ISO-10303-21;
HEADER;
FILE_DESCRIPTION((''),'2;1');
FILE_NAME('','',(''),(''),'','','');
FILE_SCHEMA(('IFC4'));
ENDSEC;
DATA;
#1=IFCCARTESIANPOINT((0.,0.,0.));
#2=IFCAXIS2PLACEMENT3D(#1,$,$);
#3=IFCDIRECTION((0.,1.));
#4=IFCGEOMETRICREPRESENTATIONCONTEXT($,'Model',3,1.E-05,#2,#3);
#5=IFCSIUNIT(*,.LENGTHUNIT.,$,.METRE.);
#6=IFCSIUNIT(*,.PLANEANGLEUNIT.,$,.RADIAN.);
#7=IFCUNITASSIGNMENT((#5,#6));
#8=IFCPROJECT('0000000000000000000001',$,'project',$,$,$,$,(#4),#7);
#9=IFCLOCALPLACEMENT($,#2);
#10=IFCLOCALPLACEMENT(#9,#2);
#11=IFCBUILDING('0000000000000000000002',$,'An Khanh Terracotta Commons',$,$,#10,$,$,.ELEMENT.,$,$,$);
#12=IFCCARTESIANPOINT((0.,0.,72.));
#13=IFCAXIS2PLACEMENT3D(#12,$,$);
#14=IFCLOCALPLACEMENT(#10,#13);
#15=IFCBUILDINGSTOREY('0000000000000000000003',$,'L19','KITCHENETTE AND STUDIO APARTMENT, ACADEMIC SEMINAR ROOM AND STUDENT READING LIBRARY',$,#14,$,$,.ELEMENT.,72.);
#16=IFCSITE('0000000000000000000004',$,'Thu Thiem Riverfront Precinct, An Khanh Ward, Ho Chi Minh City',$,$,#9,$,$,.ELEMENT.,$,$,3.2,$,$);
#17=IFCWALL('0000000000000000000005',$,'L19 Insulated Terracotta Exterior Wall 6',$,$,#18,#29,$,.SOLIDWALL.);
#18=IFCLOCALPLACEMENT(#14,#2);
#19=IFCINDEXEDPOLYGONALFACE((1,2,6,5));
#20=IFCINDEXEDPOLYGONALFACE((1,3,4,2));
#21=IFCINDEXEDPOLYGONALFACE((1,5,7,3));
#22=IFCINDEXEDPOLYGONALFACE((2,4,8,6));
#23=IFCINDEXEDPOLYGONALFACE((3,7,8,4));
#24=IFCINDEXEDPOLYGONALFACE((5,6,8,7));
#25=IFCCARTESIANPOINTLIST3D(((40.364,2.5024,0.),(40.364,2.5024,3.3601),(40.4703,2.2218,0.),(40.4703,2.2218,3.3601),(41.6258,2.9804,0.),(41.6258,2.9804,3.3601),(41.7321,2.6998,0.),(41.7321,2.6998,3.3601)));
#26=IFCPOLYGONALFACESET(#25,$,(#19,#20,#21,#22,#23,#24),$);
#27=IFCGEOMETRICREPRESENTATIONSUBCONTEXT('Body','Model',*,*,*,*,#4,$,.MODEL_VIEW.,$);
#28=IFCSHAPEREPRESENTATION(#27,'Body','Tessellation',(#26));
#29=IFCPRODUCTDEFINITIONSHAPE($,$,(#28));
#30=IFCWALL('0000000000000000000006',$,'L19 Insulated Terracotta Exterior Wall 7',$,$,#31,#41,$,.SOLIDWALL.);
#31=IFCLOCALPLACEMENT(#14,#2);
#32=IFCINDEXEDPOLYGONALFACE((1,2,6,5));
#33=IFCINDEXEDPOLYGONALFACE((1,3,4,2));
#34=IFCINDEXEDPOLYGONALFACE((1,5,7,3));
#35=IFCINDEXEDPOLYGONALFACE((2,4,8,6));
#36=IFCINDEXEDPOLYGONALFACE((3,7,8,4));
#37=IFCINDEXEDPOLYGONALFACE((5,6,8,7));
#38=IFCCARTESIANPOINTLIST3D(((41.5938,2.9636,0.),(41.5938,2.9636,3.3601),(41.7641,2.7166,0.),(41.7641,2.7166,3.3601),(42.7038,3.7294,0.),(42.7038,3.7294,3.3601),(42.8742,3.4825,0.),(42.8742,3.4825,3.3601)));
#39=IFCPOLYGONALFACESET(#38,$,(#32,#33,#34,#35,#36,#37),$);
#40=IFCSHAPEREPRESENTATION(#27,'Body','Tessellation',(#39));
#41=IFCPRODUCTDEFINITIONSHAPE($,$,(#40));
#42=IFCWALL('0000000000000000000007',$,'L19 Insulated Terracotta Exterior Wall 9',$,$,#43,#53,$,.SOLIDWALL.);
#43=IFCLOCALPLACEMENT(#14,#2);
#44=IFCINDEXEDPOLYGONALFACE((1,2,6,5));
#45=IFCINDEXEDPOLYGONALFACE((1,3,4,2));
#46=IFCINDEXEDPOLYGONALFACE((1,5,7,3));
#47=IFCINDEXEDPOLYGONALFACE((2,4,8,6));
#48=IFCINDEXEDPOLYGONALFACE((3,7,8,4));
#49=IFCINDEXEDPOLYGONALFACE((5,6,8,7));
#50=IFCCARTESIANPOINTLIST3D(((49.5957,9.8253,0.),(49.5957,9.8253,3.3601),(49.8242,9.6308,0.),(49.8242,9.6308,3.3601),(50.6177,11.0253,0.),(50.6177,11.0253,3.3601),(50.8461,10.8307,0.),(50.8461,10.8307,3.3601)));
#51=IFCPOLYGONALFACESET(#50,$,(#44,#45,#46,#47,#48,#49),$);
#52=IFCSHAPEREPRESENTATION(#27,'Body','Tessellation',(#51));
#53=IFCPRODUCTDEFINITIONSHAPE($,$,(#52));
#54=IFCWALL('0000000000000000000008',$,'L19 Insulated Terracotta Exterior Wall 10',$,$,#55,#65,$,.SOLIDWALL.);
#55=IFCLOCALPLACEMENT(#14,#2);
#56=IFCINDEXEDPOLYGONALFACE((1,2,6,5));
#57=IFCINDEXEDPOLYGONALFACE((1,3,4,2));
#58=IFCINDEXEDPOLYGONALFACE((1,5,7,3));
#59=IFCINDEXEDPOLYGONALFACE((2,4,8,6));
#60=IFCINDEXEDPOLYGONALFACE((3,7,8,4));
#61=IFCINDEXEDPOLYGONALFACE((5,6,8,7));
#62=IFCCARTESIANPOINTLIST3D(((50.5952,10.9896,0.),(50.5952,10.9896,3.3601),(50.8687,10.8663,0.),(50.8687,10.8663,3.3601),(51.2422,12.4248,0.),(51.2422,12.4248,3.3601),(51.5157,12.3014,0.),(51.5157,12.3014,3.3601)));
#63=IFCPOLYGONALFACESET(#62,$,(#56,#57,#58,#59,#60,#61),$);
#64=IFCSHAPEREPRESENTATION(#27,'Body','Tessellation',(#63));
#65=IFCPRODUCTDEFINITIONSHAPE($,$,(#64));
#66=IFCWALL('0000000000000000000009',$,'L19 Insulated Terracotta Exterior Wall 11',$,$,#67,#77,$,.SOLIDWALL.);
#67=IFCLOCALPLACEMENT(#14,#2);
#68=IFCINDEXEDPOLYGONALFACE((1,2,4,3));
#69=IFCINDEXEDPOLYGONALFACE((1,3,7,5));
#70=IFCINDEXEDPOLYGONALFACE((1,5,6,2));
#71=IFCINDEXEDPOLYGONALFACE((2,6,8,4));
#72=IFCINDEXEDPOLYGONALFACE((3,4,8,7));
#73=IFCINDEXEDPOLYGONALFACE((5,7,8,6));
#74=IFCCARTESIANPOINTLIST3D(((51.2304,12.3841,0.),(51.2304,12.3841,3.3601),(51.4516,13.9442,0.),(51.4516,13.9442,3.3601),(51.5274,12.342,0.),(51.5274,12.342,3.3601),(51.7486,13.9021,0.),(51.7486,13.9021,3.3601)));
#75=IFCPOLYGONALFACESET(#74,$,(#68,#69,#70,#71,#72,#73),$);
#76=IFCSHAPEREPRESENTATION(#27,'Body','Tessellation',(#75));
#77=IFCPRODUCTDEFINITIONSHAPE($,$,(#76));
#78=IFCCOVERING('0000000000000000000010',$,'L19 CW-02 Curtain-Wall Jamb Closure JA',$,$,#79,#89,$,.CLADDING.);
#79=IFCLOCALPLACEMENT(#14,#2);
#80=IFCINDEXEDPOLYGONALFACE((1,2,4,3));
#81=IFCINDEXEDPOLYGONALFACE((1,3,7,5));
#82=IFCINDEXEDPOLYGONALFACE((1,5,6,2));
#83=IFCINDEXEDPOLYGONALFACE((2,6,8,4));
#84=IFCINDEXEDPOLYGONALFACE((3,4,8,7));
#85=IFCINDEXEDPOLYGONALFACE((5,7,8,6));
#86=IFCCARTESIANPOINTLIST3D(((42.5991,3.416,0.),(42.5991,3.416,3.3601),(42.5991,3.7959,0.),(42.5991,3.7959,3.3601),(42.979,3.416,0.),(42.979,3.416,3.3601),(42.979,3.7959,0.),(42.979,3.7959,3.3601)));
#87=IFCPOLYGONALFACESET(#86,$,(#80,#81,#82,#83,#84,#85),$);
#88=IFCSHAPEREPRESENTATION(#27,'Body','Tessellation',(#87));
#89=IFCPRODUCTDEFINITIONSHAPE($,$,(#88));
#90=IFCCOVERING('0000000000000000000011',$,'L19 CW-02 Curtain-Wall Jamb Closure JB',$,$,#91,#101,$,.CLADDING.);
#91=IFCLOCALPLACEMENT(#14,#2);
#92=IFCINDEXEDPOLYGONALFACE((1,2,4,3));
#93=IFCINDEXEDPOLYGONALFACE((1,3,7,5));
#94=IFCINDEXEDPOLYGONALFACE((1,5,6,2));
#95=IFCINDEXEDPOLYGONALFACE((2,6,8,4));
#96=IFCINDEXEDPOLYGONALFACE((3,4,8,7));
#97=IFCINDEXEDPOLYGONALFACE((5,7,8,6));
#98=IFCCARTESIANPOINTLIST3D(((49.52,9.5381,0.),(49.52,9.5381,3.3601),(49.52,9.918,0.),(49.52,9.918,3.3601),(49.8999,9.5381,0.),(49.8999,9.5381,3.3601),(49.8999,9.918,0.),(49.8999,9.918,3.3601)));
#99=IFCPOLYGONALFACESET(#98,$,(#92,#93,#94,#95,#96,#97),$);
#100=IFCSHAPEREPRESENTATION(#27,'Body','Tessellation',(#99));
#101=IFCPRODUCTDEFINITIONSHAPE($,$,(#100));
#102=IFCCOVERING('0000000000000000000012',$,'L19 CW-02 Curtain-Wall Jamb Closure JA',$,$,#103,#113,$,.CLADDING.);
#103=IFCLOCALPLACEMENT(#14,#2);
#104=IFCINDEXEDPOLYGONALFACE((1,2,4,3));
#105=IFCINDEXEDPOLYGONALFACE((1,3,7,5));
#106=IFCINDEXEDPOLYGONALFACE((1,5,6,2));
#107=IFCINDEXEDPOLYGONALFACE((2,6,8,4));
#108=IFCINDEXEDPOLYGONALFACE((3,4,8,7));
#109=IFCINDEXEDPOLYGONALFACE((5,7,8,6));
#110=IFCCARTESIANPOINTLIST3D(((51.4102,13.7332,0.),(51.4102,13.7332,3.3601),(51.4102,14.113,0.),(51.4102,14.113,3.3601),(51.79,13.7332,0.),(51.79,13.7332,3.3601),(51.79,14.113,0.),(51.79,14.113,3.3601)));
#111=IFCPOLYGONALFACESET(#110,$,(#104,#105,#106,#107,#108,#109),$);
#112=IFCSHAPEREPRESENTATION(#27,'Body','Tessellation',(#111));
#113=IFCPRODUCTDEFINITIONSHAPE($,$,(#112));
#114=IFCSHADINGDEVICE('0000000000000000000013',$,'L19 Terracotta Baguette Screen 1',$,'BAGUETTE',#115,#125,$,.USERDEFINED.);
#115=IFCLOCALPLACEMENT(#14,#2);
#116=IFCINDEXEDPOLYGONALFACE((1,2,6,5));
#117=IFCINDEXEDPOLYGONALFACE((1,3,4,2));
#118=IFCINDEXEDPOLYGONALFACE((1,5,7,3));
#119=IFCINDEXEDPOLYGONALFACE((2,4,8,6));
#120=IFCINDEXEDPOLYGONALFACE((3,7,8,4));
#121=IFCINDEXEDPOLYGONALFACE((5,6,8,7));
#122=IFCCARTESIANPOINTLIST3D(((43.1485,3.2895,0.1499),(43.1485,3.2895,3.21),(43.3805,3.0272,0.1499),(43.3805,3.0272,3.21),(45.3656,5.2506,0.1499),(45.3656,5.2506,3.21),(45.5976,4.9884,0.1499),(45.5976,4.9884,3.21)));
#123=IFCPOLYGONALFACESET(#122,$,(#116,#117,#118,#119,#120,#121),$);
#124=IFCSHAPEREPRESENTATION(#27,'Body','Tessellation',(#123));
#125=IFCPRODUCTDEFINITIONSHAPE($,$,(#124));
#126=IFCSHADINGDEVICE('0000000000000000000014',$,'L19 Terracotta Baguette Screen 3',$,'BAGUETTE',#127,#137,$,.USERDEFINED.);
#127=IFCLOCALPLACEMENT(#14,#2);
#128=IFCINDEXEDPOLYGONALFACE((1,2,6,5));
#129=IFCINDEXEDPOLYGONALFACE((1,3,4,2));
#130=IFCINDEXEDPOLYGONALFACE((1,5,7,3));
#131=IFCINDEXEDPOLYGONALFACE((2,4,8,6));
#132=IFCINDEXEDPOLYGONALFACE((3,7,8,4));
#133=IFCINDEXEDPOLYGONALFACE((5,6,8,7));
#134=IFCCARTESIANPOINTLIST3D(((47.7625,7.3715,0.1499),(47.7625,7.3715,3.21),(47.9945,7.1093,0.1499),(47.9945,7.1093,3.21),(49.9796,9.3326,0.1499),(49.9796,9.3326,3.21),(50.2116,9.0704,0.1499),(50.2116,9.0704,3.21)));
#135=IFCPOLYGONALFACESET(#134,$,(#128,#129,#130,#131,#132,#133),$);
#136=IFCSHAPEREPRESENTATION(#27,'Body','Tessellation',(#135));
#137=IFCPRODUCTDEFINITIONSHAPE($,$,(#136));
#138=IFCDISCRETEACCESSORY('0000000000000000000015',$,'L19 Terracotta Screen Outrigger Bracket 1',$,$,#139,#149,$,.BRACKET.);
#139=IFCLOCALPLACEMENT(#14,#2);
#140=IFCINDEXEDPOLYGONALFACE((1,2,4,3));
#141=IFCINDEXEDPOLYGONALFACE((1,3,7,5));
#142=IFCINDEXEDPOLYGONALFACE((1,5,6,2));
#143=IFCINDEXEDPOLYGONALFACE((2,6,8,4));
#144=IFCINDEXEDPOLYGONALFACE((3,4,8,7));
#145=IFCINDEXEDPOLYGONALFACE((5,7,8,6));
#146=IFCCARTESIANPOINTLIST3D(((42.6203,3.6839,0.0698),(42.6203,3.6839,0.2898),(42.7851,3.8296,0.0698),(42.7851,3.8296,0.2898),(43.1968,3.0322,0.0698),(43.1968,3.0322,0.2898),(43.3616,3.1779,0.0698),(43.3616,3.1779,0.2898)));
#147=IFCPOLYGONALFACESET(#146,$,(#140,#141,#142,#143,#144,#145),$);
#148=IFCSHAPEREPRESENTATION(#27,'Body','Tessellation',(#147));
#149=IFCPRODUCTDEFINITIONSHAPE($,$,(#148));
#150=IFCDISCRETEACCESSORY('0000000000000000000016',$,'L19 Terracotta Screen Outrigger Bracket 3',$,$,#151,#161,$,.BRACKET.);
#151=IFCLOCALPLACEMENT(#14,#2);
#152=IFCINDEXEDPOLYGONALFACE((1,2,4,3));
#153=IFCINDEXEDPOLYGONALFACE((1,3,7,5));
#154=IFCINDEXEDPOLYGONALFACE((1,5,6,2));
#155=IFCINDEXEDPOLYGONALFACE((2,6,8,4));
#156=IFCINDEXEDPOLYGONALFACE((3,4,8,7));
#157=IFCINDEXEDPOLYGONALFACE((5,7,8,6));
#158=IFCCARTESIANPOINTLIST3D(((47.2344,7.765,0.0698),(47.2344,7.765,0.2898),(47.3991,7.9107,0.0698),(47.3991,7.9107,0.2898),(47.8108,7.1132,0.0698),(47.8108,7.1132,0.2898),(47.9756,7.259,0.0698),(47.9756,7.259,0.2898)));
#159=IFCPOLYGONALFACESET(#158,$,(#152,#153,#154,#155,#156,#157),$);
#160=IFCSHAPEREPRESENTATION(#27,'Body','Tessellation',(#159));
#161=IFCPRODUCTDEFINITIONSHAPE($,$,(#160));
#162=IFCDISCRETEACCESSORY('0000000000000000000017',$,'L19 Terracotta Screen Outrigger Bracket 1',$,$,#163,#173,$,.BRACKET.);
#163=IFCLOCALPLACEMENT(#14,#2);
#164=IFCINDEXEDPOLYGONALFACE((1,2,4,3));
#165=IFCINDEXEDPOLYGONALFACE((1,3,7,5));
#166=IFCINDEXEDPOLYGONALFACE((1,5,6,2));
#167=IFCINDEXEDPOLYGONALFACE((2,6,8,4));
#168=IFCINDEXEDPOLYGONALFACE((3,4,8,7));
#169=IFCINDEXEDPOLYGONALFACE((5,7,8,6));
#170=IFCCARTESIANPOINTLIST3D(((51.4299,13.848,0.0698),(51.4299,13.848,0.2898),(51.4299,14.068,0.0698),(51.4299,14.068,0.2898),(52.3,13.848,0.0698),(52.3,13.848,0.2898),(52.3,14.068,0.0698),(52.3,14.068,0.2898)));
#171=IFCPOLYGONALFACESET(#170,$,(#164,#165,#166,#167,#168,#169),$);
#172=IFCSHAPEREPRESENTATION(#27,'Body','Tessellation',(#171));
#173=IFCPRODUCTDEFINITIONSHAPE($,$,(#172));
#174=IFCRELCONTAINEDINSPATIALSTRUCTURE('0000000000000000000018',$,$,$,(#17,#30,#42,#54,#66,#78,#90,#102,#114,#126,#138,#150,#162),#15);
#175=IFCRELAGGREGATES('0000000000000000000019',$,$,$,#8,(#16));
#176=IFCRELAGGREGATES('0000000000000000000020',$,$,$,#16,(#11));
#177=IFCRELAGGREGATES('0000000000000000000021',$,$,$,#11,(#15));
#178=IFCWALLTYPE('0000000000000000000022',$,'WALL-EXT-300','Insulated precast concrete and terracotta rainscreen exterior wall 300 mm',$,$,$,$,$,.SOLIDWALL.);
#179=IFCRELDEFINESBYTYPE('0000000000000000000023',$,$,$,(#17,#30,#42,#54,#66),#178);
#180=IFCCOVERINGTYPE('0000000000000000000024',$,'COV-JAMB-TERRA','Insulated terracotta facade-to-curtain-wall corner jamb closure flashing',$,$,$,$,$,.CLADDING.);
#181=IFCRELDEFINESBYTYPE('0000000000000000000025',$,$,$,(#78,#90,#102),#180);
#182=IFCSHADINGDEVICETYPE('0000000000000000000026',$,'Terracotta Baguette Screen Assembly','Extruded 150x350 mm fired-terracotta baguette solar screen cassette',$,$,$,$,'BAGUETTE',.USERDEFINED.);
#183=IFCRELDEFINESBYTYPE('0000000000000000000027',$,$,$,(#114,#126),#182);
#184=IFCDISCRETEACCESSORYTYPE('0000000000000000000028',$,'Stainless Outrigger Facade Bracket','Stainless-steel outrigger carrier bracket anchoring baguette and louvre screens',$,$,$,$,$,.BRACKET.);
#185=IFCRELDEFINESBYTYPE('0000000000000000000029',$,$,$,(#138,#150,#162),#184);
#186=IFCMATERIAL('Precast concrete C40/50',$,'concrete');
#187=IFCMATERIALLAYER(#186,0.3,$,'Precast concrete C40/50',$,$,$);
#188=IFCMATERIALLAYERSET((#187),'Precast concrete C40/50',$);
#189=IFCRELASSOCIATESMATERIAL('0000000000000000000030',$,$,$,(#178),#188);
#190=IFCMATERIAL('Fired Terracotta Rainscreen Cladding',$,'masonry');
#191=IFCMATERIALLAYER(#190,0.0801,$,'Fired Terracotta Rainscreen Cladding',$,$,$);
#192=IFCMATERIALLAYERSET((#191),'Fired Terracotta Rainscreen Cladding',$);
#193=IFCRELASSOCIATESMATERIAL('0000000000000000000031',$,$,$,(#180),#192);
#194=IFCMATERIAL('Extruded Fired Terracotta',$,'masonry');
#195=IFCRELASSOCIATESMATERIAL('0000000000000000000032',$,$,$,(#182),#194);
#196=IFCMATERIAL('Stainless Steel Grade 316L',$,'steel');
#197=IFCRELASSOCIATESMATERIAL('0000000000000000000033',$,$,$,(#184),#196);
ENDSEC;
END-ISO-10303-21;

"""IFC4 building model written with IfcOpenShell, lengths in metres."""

from ifc_helpers import new_model, si_unit, direction, frame, frame_2d, origin, origin_2d, place, context, subcontext, project, spatial, rectangle, extrude, material, layer, layer_set, type_object, element, save


model = new_model("IFC4")

# Units and contexts
model_context = context("Model", 3, precision=1e-05, world=origin(), true_north=direction((0.0, 1.0)))
body_context = subcontext(model_context, "Body", "Model", "MODEL_VIEW")
ifc_project = project(units=[si_unit("LENGTHUNIT", "METRE"), si_unit("PLANEANGLEUNIT", "RADIAN")], contexts=[model_context])

# Site, building, storey
site_placement = place(None, origin())
site = spatial("IfcSite", under=ifc_project, at=site_placement, Name="Thu Thiem Riverfront Precinct, An Khanh Ward, Ho Chi Minh City", CompositionType="ELEMENT", RefElevation=3.2)
building_placement = place(site_placement, origin())
building = spatial("IfcBuilding", under=site, at=building_placement, Name="An Khanh Terracotta Commons", CompositionType="ELEMENT")
storey_placement = place(building_placement, frame((0.0, 0.0, 72.0)))
storey = spatial("IfcBuildingStorey", under=building, at=storey_placement, Name="L19", Description="KITCHENETTE AND STUDIO APARTMENT, ACADEMIC SEMINAR ROOM AND STUDENT READING LIBRARY", CompositionType="ELEMENT", Elevation=72.0)

# Walls
ifc_material_1 = material(Name="Precast concrete C40/50", Category="concrete")
ifc_layer_1 = layer(ifc_material_1, 0.3, Name="Precast concrete C40/50")
ifc_layer_set_1 = layer_set([ifc_layer_1], Name="Precast concrete C40/50")
wall_type_1 = type_object("IfcWallType", Name="WALL-EXT-300", Description="Insulated precast concrete and terracotta rainscreen exterior wall 300 mm", PredefinedType="SOLIDWALL", material=ifc_layer_set_1)
wall_1_placement = place(storey_placement, frame((40.417, 2.3621, 0.0), z_axis=(0.0, 0.0, 1.0), x_axis=(0.935157, 0.354234, 0.0)))
element("IfcWall", 1, at=wall_1_placement, inside=storey, type_object=wall_type_1, Name="L19 Insulated Terracotta Exterior Wall 6", PredefinedType="SOLIDWALL", context=body_context, shape_type="SweptSolid", body=[
    extrude(rectangle(XDim=1.3494, YDim=0.3, at=frame_2d((0.6748, 0.0))), origin(), (0.0, 0.0, 1.0), 3.3601),
])
wall_2_placement = place(storey_placement, frame((41.679, 2.8401, 0.0), z_axis=(0.0, 0.0, 1.0), x_axis=(0.823117, 0.567873, 0.0)))
element("IfcWall", 2, at=wall_2_placement, inside=storey, type_object=wall_type_1, Name="L19 Insulated Terracotta Exterior Wall 7", PredefinedType="SOLIDWALL", context=body_context, shape_type="SweptSolid", body=[
    extrude(rectangle(XDim=1.3486, YDim=0.3, at=frame_2d((0.6743, 0.0))), origin(), (0.0, 0.0, 1.0), 3.3601),
])
wall_3_placement = place(storey_placement, frame((49.71, 9.728, 0.0), z_axis=(0.0, 0.0, 1.0), x_axis=(0.64839, 0.761308, 0.0)))
element("IfcWall", 3, at=wall_3_placement, inside=storey, type_object=wall_type_1, Name="L19 Insulated Terracotta Exterior Wall 9", PredefinedType="SOLIDWALL", context=body_context, shape_type="SweptSolid", body=[
    extrude(rectangle(XDim=1.5762, YDim=0.3, at=frame_2d((0.7881, 0.0))), origin(), (0.0, 0.0, 1.0), 3.3601),
])
wall_4_placement = place(storey_placement, frame((50.7319, 10.928, 0.0), z_axis=(0.0, 0.0, 1.0), x_axis=(0.410997, 0.911637, 0.0)))
element("IfcWall", 4, at=wall_4_placement, inside=storey, type_object=wall_type_1, Name="L19 Insulated Terracotta Exterior Wall 10", PredefinedType="SOLIDWALL", context=body_context, shape_type="SweptSolid", body=[
    extrude(rectangle(XDim=1.5742, YDim=0.3, at=frame_2d((0.7871, 0.0))), origin(), (0.0, 0.0, 1.0), 3.3601),
])
wall_5_placement = place(storey_placement, frame((51.3789, 12.363, 0.0), z_axis=(0.0, 0.0, 1.0), x_axis=(0.14038, 0.990098, 0.0)))
element("IfcWall", 5, at=wall_5_placement, inside=storey, type_object=wall_type_1, Name="L19 Insulated Terracotta Exterior Wall 11", PredefinedType="SOLIDWALL", context=body_context, shape_type="SweptSolid", body=[
    extrude(rectangle(XDim=1.5757, YDim=0.3, at=frame_2d((0.7878, 0.0))), origin(), (0.0, 0.0, 1.0), 3.3601),
])

# Coverings
ifc_material_2 = material(Name="Fired Terracotta Rainscreen Cladding", Category="masonry")
ifc_layer_2 = layer(ifc_material_2, 0.0801, Name="Fired Terracotta Rainscreen Cladding")
ifc_layer_set_2 = layer_set([ifc_layer_2], Name="Fired Terracotta Rainscreen Cladding")
covering_type = type_object("IfcCoveringType", Name="COV-JAMB-TERRA", Description="Insulated terracotta facade-to-curtain-wall corner jamb closure flashing", PredefinedType="CLADDING", material=ifc_layer_set_2)
for number, where, z_axis, x_axis, name in (
    (6, (42.7891, 3.606, 0.0), (0.0, 0.0, 1.0), (1.0, 0.0, 0.0), "L19 CW-02 Curtain-Wall Jamb Closure JA"),
    (7, (49.71, 9.728, 0.0), (0.0, 0.0, 1.0), (1.0, 0.0, 0.0), "L19 CW-02 Curtain-Wall Jamb Closure JB"),
    (8, (51.6001, 13.9231, 0.0), (0.0, 0.0, 1.0), (1.0, 0.0, 0.0), "L19 CW-02 Curtain-Wall Jamb Closure JA"),
):
    element("IfcCovering", number, at=place(storey_placement, frame(where, z_axis=z_axis, x_axis=x_axis)), inside=storey, type_object=covering_type, Name=name, PredefinedType="CLADDING", context=body_context, shape_type="SweptSolid", body=[
        extrude(rectangle(XDim=0.3799, YDim=0.3799, at=origin_2d()), origin(), (0.0, 0.0, 1.0), 3.3601),
    ])

# Shading devices
ifc_material_3 = material(Name="Extruded Fired Terracotta", Category="masonry")
shading_device_type = type_object("IfcShadingDeviceType", Name="Terracotta Baguette Screen Assembly", Description="Extruded 150x350 mm fired-terracotta baguette solar screen cassette", ElementType="BAGUETTE", PredefinedType="USERDEFINED", material=ifc_material_3)
for number, where, z_axis, x_axis, name in (
    (9, (44.373, 4.1389, 0.1499), (0.0, 0.0, 1.0), (0.749019, 0.662548, 0.0), "L19 Terracotta Baguette Screen 1"),
    (10, (48.9871, 8.2209, 0.1499), (0.0, 0.0, 1.0), (0.749019, 0.662548, 0.0), "L19 Terracotta Baguette Screen 3"),
):
    element("IfcShadingDevice", number, at=place(storey_placement, frame(where, z_axis=z_axis, x_axis=x_axis)), inside=storey, type_object=shading_device_type, Name=name, ObjectType="BAGUETTE", PredefinedType="USERDEFINED", context=body_context, shape_type="SweptSolid", body=[
        extrude(rectangle(XDim=2.96, YDim=0.3501, at=origin_2d()), origin(), (0.0, 0.0, 1.0), 3.0601),
    ])

# Discrete accessories
ifc_material_4 = material(Name="Stainless Steel Grade 316L", Category="steel")
discrete_accessory_type = type_object("IfcDiscreteAccessoryType", Name="Stainless Outrigger Facade Bracket", Description="Stainless-steel outrigger carrier bracket anchoring baguette and louvre screens", PredefinedType="BRACKET", material=ifc_material_4)
for number, where, z_axis, x_axis, name in (
    (11, (42.991, 3.4309, 0.0698), (0.0, 0.0, 1.0), (0.749019, 0.662548, 0.0), "L19 Terracotta Screen Outrigger Bracket 1"),
    (12, (47.605, 7.512, 0.0698), (0.0, 0.0, 1.0), (0.749019, 0.662548, 0.0), "L19 Terracotta Screen Outrigger Bracket 3"),
    (13, (51.865, 13.958, 0.0698), (0.0, 0.0, 1.0), (0.0, 1.0, 0.0), "L19 Terracotta Screen Outrigger Bracket 1"),
):
    element("IfcDiscreteAccessory", number, at=place(storey_placement, frame(where, z_axis=z_axis, x_axis=x_axis)), inside=storey, type_object=discrete_accessory_type, Name=name, PredefinedType="BRACKET", context=body_context, shape_type="SweptSolid", body=[
        extrude(rectangle(XDim=0.22, YDim=0.8701, at=origin_2d()), origin(), (0.0, 0.0, 1.0), 0.22),
    ])

save(model, "model.ifc")
